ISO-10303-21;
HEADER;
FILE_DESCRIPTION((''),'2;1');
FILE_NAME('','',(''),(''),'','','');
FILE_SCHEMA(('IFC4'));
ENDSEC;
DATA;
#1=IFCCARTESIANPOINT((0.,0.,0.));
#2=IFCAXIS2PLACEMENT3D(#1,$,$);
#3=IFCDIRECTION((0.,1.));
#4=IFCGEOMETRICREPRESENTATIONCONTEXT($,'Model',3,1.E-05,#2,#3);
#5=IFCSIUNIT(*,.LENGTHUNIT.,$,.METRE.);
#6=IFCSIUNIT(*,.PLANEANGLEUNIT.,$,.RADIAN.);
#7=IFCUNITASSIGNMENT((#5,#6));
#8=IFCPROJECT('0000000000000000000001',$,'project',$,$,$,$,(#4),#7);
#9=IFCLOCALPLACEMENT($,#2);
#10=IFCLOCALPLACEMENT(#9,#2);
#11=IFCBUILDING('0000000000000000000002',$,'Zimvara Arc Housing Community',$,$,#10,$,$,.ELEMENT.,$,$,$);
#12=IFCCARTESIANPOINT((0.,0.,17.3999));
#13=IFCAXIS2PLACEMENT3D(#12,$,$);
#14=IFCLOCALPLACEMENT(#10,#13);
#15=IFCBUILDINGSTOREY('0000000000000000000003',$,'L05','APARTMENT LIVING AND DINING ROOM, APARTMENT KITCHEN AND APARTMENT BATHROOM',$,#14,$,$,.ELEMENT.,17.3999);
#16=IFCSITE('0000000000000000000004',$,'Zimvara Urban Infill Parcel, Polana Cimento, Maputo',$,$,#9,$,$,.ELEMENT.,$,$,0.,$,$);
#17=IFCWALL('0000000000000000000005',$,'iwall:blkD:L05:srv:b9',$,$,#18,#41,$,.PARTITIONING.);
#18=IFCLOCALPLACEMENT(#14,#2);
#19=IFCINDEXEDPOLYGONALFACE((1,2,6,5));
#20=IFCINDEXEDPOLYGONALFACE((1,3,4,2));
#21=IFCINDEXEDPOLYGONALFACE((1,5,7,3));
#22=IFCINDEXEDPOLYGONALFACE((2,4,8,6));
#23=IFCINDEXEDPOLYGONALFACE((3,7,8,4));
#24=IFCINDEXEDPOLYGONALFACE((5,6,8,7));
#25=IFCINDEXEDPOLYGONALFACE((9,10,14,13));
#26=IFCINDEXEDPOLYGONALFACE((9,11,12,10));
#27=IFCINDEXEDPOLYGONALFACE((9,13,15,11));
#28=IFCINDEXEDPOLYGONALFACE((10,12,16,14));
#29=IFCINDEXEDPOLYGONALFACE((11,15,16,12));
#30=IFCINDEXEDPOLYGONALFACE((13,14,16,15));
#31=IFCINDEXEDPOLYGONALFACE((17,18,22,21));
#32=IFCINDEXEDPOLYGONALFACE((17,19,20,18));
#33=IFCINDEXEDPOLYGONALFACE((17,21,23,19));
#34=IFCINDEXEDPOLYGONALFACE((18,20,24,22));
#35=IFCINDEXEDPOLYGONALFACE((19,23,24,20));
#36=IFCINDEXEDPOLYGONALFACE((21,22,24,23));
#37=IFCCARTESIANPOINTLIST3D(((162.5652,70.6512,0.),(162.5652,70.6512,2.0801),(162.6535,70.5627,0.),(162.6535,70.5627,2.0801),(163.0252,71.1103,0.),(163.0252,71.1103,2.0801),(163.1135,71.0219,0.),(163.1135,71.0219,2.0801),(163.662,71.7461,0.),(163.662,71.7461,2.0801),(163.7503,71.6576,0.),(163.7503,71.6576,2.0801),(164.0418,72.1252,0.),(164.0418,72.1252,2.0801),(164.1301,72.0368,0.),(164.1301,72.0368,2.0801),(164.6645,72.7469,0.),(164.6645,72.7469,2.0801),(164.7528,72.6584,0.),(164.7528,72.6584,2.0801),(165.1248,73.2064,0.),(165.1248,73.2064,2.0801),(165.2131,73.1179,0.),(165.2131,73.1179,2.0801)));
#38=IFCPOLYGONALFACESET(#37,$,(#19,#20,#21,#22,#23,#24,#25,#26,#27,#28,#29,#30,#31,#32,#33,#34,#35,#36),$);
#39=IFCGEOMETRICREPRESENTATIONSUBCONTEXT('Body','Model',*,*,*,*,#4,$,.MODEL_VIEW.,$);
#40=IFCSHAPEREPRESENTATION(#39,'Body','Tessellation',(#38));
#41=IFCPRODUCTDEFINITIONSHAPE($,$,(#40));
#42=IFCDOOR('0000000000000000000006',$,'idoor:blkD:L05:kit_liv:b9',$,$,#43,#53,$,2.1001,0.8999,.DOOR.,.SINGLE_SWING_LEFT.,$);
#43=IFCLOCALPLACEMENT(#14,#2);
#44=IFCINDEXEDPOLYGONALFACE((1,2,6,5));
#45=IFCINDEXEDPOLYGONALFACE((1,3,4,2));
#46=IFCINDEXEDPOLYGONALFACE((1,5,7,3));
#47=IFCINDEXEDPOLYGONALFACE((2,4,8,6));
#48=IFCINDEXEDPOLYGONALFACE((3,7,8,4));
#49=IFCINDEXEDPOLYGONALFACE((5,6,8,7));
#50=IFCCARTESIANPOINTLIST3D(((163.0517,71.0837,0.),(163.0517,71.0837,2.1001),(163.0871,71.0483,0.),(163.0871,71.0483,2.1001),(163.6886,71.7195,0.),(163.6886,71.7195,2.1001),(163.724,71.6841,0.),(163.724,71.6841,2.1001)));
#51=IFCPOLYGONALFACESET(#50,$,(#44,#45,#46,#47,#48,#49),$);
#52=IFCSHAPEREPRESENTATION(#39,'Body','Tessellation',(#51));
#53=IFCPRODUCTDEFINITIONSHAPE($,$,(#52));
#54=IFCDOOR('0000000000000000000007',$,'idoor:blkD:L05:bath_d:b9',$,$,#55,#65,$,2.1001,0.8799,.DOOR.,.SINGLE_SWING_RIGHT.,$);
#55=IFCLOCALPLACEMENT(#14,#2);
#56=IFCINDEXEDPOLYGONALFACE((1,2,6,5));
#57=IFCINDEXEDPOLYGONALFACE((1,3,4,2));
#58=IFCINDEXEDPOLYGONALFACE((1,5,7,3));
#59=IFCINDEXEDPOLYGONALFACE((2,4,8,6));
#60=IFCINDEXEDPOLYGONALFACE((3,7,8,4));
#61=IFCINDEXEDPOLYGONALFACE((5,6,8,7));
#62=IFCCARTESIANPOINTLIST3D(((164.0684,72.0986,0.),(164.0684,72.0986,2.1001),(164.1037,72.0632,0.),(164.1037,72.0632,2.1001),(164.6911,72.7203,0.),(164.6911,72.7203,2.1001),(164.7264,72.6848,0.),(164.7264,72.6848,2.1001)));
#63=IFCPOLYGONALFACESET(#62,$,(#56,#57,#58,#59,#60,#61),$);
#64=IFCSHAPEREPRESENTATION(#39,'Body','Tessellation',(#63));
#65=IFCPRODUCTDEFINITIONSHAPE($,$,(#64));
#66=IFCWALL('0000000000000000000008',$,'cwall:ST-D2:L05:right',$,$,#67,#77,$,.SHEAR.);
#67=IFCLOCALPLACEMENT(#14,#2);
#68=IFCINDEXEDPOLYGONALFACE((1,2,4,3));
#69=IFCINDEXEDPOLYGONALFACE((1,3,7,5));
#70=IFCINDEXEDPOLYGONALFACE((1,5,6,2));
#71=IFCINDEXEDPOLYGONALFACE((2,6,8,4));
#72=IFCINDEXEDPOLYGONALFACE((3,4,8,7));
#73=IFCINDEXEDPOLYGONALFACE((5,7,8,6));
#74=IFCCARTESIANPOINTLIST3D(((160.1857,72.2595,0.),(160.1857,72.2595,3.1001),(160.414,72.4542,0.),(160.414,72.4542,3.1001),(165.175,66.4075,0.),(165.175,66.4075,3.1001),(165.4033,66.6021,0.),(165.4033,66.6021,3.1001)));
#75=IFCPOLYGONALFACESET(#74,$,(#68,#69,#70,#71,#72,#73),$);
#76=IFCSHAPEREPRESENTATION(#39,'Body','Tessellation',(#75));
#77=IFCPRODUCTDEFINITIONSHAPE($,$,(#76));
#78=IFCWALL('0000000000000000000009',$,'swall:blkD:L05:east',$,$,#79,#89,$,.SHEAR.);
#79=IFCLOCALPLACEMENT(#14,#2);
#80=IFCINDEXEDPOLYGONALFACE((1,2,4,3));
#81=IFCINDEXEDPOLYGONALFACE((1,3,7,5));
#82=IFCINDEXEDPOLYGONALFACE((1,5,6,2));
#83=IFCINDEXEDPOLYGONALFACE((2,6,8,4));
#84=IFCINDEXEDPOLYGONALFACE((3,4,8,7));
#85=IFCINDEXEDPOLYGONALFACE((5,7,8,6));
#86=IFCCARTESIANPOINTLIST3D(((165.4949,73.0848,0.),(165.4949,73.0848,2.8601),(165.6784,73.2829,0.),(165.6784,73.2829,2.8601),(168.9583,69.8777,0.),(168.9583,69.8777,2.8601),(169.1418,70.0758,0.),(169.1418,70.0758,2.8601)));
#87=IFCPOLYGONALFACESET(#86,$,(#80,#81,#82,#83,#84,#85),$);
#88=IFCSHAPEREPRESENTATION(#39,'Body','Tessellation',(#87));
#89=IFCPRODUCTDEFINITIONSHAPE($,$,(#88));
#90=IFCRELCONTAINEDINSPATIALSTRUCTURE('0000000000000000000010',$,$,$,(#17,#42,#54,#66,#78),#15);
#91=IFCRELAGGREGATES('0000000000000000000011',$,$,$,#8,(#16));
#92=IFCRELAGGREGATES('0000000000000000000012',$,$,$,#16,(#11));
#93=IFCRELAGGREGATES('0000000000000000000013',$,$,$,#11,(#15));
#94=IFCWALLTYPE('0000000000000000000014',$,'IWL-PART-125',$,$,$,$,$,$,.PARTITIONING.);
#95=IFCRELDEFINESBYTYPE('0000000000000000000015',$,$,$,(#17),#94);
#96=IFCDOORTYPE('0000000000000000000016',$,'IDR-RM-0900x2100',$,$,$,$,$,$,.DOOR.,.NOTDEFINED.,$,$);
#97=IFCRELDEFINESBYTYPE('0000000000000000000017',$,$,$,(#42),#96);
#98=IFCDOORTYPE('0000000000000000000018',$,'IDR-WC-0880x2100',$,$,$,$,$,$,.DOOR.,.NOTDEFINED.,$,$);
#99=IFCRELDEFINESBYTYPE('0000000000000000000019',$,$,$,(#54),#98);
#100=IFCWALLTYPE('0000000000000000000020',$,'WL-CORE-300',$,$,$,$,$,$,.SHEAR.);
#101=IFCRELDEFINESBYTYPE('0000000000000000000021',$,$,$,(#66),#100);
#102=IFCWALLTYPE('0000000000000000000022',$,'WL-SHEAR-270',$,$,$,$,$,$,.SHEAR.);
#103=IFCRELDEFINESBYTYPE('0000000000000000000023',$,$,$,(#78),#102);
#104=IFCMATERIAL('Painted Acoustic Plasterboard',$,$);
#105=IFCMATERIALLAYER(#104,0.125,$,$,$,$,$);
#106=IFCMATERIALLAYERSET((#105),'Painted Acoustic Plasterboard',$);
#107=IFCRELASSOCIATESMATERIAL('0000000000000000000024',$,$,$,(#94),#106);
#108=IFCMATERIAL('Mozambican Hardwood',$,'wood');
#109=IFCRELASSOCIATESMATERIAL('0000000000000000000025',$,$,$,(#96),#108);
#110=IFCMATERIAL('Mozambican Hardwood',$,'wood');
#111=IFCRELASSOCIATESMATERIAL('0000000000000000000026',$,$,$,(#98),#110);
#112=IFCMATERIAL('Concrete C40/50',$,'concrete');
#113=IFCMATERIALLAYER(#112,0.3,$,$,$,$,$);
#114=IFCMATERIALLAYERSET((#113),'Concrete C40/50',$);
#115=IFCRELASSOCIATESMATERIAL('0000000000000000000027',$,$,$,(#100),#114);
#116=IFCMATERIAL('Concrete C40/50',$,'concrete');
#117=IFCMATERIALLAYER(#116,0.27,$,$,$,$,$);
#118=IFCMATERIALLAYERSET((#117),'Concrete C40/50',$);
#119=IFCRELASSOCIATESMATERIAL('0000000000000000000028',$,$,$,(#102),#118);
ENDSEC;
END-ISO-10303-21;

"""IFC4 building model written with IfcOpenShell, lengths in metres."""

from ifc_helpers import new_model, si_unit, direction, frame, frame_2d, origin, place, context, subcontext, project, spatial, rectangle, extrude, material, layer, layer_set, type_object, element, fill, save


model = new_model("IFC4")

# Units and contexts
model_context = context("Model", 3, precision=1e-05, world=origin(), true_north=direction((0.0, 1.0)))
body_context = subcontext(model_context, "Body", "Model", "MODEL_VIEW")
ifc_project = project(units=[si_unit("LENGTHUNIT", "METRE"), si_unit("PLANEANGLEUNIT", "RADIAN")], contexts=[model_context])

# Site, building, storey
site_placement = place(None, origin())
site = spatial("IfcSite", under=ifc_project, at=site_placement, Name="Zimvara Urban Infill Parcel, Polana Cimento, Maputo", CompositionType="ELEMENT", RefElevation=0.0)
building_placement = place(site_placement, origin())
building = spatial("IfcBuilding", under=site, at=building_placement, Name="Zimvara Arc Housing Community", CompositionType="ELEMENT")
storey_placement = place(building_placement, frame((0.0, 0.0, 17.3999)))
storey = spatial("IfcBuildingStorey", under=building, at=storey_placement, Name="L05", Description="APARTMENT LIVING AND DINING ROOM, APARTMENT KITCHEN AND APARTMENT BATHROOM", CompositionType="ELEMENT", Elevation=17.3999)

# Wall, openings, doors
ifc_material_1 = material(Name="Painted Acoustic Plasterboard")
ifc_layer_1 = layer(ifc_material_1, 0.125)
ifc_layer_set_1 = layer_set([ifc_layer_1], Name="Painted Acoustic Plasterboard")
wall_type_1 = type_object("IfcWallType", Name="IWL-PART-125", PredefinedType="PARTITIONING", material=ifc_layer_set_1)
wall_1_placement = place(storey_placement, frame((162.6094, 70.6069, 0.0), z_axis=(0.0, 0.0, 1.0), x_axis=(0.707714, 0.706499, 0.0)))
wall_1 = element("IfcWall", 1, at=wall_1_placement, inside=storey, type_object=wall_type_1, Name="iwall:blkD:L05:srv:b9", PredefinedType="PARTITIONING", context=body_context, shape_type="SweptSolid", body=[
    extrude(rectangle(XDim=3.6167, YDim=0.125, at=frame_2d((1.8083, 0.0))), origin(), (0.0, 0.0, 1.0), 2.0801),
])
opening_1_placement = place(wall_1_placement, frame((0.6499, 0.0, 0.0)))
opening_1 = element("IfcOpeningElement", 2, at=opening_1_placement, cuts=wall_1, PredefinedType="OPENING", context=body_context, shape_type="SweptSolid", body=[
    extrude(rectangle(XDim=0.8999, YDim=2.1001, at=frame_2d((0.45, 1.05))), frame((0.0, 0.0725, 0.0), z_axis=(0.0, -1.0, 0.0), x_axis=(1.0, 0.0, 0.0)), (0.0, 0.0, 1.0), 0.145),
])
opening_2_placement = place(wall_1_placement, frame((2.0864, 0.0, 0.0)))
opening_2 = element("IfcOpeningElement", 3, at=opening_2_placement, cuts=wall_1, PredefinedType="OPENING", context=body_context, shape_type="SweptSolid", body=[
    extrude(rectangle(XDim=0.8799, YDim=2.1001, at=frame_2d((0.4399, 1.05))), frame((0.0, 0.0725, 0.0), z_axis=(0.0, -1.0, 0.0), x_axis=(1.0, 0.0, 0.0)), (0.0, 0.0, 1.0), 0.145),
])
ifc_material_2 = material(Name="Mozambican Hardwood", Category="wood")
door_type_1 = type_object("IfcDoorType", Name="IDR-RM-0900x2100", OperationType="NOTDEFINED", PredefinedType="DOOR", material=ifc_material_2)
door_1_placement = place(opening_1_placement, origin())
door_1 = element("IfcDoor", 4, at=door_1_placement, inside=storey, type_object=door_type_1, Name="idoor:blkD:L05:kit_liv:b9", OperationType="SINGLE_SWING_LEFT", OverallHeight=2.1001, OverallWidth=0.8999, PredefinedType="DOOR", context=body_context, shape_type="SweptSolid", body=[
    extrude(rectangle(XDim=0.8999, YDim=2.1001, at=frame_2d((0.45, 1.05))), frame((0.0, 0.0249, 0.0), z_axis=(0.0, -1.0, 0.0), x_axis=(1.0, 0.0, 0.0)), (0.0, 0.0, 1.0), 0.05),
])
fill(opening_1, door_1)
ifc_material_3 = material(Name="Mozambican Hardwood", Category="wood")
door_type_2 = type_object("IfcDoorType", Name="IDR-WC-0880x2100", OperationType="NOTDEFINED", PredefinedType="DOOR", material=ifc_material_3)
door_2_placement = place(opening_2_placement, origin())
door_2 = element("IfcDoor", 5, at=door_2_placement, inside=storey, type_object=door_type_2, Name="idoor:blkD:L05:bath_d:b9", OperationType="SINGLE_SWING_RIGHT", OverallHeight=2.1001, OverallWidth=0.8799, PredefinedType="DOOR", context=body_context, shape_type="SweptSolid", body=[
    extrude(rectangle(XDim=0.8799, YDim=2.1001, at=frame_2d((0.4399, 1.05))), frame((0.0, 0.0249, 0.0), z_axis=(0.0, -1.0, 0.0), x_axis=(1.0, 0.0, 0.0)), (0.0, 0.0, 1.0), 0.05),
])
fill(opening_2, door_2)

# Walls
ifc_material_4 = material(Name="Concrete C40/50", Category="concrete")
ifc_layer_2 = layer(ifc_material_4, 0.3)
ifc_layer_set_2 = layer_set([ifc_layer_2], Name="Concrete C40/50")
wall_type_2 = type_object("IfcWallType", Name="WL-CORE-300", PredefinedType="SHEAR", material=ifc_layer_set_2)
wall_2_placement = place(storey_placement, frame((160.2998, 72.3569, 0.0), z_axis=(0.0, 0.0, 1.0), x_axis=(0.648781, -0.760975, 0.0)))
element("IfcWall", 6, at=wall_2_placement, inside=storey, type_object=wall_type_2, Name="cwall:ST-D2:L05:right", PredefinedType="SHEAR", context=body_context, shape_type="SweptSolid", body=[
    extrude(rectangle(XDim=7.6902, YDim=0.3, at=frame_2d((3.8452, 0.0))), origin(), (0.0, 0.0, 1.0), 3.1001),
])
ifc_material_5 = material(Name="Concrete C40/50", Category="concrete")
ifc_layer_3 = layer(ifc_material_5, 0.27)
ifc_layer_set_3 = layer_set([ifc_layer_3], Name="Concrete C40/50")
wall_type_3 = type_object("IfcWallType", Name="WL-SHEAR-270", PredefinedType="SHEAR", material=ifc_layer_set_3)
wall_3_placement = place(storey_placement, frame((165.5867, 73.1838, 0.0), z_axis=(0.0, 0.0, 1.0), x_axis=(0.73374, -0.679431, 0.0)))
element("IfcWall", 7, at=wall_3_placement, inside=storey, type_object=wall_type_3, Name="swall:blkD:L05:east", PredefinedType="SHEAR", context=body_context, shape_type="SweptSolid", body=[
    extrude(rectangle(XDim=4.7202, YDim=0.27, at=frame_2d((2.3601, 0.0))), origin(), (0.0, 0.0, 1.0), 2.8601),
])

save(model, "model.ifc")
